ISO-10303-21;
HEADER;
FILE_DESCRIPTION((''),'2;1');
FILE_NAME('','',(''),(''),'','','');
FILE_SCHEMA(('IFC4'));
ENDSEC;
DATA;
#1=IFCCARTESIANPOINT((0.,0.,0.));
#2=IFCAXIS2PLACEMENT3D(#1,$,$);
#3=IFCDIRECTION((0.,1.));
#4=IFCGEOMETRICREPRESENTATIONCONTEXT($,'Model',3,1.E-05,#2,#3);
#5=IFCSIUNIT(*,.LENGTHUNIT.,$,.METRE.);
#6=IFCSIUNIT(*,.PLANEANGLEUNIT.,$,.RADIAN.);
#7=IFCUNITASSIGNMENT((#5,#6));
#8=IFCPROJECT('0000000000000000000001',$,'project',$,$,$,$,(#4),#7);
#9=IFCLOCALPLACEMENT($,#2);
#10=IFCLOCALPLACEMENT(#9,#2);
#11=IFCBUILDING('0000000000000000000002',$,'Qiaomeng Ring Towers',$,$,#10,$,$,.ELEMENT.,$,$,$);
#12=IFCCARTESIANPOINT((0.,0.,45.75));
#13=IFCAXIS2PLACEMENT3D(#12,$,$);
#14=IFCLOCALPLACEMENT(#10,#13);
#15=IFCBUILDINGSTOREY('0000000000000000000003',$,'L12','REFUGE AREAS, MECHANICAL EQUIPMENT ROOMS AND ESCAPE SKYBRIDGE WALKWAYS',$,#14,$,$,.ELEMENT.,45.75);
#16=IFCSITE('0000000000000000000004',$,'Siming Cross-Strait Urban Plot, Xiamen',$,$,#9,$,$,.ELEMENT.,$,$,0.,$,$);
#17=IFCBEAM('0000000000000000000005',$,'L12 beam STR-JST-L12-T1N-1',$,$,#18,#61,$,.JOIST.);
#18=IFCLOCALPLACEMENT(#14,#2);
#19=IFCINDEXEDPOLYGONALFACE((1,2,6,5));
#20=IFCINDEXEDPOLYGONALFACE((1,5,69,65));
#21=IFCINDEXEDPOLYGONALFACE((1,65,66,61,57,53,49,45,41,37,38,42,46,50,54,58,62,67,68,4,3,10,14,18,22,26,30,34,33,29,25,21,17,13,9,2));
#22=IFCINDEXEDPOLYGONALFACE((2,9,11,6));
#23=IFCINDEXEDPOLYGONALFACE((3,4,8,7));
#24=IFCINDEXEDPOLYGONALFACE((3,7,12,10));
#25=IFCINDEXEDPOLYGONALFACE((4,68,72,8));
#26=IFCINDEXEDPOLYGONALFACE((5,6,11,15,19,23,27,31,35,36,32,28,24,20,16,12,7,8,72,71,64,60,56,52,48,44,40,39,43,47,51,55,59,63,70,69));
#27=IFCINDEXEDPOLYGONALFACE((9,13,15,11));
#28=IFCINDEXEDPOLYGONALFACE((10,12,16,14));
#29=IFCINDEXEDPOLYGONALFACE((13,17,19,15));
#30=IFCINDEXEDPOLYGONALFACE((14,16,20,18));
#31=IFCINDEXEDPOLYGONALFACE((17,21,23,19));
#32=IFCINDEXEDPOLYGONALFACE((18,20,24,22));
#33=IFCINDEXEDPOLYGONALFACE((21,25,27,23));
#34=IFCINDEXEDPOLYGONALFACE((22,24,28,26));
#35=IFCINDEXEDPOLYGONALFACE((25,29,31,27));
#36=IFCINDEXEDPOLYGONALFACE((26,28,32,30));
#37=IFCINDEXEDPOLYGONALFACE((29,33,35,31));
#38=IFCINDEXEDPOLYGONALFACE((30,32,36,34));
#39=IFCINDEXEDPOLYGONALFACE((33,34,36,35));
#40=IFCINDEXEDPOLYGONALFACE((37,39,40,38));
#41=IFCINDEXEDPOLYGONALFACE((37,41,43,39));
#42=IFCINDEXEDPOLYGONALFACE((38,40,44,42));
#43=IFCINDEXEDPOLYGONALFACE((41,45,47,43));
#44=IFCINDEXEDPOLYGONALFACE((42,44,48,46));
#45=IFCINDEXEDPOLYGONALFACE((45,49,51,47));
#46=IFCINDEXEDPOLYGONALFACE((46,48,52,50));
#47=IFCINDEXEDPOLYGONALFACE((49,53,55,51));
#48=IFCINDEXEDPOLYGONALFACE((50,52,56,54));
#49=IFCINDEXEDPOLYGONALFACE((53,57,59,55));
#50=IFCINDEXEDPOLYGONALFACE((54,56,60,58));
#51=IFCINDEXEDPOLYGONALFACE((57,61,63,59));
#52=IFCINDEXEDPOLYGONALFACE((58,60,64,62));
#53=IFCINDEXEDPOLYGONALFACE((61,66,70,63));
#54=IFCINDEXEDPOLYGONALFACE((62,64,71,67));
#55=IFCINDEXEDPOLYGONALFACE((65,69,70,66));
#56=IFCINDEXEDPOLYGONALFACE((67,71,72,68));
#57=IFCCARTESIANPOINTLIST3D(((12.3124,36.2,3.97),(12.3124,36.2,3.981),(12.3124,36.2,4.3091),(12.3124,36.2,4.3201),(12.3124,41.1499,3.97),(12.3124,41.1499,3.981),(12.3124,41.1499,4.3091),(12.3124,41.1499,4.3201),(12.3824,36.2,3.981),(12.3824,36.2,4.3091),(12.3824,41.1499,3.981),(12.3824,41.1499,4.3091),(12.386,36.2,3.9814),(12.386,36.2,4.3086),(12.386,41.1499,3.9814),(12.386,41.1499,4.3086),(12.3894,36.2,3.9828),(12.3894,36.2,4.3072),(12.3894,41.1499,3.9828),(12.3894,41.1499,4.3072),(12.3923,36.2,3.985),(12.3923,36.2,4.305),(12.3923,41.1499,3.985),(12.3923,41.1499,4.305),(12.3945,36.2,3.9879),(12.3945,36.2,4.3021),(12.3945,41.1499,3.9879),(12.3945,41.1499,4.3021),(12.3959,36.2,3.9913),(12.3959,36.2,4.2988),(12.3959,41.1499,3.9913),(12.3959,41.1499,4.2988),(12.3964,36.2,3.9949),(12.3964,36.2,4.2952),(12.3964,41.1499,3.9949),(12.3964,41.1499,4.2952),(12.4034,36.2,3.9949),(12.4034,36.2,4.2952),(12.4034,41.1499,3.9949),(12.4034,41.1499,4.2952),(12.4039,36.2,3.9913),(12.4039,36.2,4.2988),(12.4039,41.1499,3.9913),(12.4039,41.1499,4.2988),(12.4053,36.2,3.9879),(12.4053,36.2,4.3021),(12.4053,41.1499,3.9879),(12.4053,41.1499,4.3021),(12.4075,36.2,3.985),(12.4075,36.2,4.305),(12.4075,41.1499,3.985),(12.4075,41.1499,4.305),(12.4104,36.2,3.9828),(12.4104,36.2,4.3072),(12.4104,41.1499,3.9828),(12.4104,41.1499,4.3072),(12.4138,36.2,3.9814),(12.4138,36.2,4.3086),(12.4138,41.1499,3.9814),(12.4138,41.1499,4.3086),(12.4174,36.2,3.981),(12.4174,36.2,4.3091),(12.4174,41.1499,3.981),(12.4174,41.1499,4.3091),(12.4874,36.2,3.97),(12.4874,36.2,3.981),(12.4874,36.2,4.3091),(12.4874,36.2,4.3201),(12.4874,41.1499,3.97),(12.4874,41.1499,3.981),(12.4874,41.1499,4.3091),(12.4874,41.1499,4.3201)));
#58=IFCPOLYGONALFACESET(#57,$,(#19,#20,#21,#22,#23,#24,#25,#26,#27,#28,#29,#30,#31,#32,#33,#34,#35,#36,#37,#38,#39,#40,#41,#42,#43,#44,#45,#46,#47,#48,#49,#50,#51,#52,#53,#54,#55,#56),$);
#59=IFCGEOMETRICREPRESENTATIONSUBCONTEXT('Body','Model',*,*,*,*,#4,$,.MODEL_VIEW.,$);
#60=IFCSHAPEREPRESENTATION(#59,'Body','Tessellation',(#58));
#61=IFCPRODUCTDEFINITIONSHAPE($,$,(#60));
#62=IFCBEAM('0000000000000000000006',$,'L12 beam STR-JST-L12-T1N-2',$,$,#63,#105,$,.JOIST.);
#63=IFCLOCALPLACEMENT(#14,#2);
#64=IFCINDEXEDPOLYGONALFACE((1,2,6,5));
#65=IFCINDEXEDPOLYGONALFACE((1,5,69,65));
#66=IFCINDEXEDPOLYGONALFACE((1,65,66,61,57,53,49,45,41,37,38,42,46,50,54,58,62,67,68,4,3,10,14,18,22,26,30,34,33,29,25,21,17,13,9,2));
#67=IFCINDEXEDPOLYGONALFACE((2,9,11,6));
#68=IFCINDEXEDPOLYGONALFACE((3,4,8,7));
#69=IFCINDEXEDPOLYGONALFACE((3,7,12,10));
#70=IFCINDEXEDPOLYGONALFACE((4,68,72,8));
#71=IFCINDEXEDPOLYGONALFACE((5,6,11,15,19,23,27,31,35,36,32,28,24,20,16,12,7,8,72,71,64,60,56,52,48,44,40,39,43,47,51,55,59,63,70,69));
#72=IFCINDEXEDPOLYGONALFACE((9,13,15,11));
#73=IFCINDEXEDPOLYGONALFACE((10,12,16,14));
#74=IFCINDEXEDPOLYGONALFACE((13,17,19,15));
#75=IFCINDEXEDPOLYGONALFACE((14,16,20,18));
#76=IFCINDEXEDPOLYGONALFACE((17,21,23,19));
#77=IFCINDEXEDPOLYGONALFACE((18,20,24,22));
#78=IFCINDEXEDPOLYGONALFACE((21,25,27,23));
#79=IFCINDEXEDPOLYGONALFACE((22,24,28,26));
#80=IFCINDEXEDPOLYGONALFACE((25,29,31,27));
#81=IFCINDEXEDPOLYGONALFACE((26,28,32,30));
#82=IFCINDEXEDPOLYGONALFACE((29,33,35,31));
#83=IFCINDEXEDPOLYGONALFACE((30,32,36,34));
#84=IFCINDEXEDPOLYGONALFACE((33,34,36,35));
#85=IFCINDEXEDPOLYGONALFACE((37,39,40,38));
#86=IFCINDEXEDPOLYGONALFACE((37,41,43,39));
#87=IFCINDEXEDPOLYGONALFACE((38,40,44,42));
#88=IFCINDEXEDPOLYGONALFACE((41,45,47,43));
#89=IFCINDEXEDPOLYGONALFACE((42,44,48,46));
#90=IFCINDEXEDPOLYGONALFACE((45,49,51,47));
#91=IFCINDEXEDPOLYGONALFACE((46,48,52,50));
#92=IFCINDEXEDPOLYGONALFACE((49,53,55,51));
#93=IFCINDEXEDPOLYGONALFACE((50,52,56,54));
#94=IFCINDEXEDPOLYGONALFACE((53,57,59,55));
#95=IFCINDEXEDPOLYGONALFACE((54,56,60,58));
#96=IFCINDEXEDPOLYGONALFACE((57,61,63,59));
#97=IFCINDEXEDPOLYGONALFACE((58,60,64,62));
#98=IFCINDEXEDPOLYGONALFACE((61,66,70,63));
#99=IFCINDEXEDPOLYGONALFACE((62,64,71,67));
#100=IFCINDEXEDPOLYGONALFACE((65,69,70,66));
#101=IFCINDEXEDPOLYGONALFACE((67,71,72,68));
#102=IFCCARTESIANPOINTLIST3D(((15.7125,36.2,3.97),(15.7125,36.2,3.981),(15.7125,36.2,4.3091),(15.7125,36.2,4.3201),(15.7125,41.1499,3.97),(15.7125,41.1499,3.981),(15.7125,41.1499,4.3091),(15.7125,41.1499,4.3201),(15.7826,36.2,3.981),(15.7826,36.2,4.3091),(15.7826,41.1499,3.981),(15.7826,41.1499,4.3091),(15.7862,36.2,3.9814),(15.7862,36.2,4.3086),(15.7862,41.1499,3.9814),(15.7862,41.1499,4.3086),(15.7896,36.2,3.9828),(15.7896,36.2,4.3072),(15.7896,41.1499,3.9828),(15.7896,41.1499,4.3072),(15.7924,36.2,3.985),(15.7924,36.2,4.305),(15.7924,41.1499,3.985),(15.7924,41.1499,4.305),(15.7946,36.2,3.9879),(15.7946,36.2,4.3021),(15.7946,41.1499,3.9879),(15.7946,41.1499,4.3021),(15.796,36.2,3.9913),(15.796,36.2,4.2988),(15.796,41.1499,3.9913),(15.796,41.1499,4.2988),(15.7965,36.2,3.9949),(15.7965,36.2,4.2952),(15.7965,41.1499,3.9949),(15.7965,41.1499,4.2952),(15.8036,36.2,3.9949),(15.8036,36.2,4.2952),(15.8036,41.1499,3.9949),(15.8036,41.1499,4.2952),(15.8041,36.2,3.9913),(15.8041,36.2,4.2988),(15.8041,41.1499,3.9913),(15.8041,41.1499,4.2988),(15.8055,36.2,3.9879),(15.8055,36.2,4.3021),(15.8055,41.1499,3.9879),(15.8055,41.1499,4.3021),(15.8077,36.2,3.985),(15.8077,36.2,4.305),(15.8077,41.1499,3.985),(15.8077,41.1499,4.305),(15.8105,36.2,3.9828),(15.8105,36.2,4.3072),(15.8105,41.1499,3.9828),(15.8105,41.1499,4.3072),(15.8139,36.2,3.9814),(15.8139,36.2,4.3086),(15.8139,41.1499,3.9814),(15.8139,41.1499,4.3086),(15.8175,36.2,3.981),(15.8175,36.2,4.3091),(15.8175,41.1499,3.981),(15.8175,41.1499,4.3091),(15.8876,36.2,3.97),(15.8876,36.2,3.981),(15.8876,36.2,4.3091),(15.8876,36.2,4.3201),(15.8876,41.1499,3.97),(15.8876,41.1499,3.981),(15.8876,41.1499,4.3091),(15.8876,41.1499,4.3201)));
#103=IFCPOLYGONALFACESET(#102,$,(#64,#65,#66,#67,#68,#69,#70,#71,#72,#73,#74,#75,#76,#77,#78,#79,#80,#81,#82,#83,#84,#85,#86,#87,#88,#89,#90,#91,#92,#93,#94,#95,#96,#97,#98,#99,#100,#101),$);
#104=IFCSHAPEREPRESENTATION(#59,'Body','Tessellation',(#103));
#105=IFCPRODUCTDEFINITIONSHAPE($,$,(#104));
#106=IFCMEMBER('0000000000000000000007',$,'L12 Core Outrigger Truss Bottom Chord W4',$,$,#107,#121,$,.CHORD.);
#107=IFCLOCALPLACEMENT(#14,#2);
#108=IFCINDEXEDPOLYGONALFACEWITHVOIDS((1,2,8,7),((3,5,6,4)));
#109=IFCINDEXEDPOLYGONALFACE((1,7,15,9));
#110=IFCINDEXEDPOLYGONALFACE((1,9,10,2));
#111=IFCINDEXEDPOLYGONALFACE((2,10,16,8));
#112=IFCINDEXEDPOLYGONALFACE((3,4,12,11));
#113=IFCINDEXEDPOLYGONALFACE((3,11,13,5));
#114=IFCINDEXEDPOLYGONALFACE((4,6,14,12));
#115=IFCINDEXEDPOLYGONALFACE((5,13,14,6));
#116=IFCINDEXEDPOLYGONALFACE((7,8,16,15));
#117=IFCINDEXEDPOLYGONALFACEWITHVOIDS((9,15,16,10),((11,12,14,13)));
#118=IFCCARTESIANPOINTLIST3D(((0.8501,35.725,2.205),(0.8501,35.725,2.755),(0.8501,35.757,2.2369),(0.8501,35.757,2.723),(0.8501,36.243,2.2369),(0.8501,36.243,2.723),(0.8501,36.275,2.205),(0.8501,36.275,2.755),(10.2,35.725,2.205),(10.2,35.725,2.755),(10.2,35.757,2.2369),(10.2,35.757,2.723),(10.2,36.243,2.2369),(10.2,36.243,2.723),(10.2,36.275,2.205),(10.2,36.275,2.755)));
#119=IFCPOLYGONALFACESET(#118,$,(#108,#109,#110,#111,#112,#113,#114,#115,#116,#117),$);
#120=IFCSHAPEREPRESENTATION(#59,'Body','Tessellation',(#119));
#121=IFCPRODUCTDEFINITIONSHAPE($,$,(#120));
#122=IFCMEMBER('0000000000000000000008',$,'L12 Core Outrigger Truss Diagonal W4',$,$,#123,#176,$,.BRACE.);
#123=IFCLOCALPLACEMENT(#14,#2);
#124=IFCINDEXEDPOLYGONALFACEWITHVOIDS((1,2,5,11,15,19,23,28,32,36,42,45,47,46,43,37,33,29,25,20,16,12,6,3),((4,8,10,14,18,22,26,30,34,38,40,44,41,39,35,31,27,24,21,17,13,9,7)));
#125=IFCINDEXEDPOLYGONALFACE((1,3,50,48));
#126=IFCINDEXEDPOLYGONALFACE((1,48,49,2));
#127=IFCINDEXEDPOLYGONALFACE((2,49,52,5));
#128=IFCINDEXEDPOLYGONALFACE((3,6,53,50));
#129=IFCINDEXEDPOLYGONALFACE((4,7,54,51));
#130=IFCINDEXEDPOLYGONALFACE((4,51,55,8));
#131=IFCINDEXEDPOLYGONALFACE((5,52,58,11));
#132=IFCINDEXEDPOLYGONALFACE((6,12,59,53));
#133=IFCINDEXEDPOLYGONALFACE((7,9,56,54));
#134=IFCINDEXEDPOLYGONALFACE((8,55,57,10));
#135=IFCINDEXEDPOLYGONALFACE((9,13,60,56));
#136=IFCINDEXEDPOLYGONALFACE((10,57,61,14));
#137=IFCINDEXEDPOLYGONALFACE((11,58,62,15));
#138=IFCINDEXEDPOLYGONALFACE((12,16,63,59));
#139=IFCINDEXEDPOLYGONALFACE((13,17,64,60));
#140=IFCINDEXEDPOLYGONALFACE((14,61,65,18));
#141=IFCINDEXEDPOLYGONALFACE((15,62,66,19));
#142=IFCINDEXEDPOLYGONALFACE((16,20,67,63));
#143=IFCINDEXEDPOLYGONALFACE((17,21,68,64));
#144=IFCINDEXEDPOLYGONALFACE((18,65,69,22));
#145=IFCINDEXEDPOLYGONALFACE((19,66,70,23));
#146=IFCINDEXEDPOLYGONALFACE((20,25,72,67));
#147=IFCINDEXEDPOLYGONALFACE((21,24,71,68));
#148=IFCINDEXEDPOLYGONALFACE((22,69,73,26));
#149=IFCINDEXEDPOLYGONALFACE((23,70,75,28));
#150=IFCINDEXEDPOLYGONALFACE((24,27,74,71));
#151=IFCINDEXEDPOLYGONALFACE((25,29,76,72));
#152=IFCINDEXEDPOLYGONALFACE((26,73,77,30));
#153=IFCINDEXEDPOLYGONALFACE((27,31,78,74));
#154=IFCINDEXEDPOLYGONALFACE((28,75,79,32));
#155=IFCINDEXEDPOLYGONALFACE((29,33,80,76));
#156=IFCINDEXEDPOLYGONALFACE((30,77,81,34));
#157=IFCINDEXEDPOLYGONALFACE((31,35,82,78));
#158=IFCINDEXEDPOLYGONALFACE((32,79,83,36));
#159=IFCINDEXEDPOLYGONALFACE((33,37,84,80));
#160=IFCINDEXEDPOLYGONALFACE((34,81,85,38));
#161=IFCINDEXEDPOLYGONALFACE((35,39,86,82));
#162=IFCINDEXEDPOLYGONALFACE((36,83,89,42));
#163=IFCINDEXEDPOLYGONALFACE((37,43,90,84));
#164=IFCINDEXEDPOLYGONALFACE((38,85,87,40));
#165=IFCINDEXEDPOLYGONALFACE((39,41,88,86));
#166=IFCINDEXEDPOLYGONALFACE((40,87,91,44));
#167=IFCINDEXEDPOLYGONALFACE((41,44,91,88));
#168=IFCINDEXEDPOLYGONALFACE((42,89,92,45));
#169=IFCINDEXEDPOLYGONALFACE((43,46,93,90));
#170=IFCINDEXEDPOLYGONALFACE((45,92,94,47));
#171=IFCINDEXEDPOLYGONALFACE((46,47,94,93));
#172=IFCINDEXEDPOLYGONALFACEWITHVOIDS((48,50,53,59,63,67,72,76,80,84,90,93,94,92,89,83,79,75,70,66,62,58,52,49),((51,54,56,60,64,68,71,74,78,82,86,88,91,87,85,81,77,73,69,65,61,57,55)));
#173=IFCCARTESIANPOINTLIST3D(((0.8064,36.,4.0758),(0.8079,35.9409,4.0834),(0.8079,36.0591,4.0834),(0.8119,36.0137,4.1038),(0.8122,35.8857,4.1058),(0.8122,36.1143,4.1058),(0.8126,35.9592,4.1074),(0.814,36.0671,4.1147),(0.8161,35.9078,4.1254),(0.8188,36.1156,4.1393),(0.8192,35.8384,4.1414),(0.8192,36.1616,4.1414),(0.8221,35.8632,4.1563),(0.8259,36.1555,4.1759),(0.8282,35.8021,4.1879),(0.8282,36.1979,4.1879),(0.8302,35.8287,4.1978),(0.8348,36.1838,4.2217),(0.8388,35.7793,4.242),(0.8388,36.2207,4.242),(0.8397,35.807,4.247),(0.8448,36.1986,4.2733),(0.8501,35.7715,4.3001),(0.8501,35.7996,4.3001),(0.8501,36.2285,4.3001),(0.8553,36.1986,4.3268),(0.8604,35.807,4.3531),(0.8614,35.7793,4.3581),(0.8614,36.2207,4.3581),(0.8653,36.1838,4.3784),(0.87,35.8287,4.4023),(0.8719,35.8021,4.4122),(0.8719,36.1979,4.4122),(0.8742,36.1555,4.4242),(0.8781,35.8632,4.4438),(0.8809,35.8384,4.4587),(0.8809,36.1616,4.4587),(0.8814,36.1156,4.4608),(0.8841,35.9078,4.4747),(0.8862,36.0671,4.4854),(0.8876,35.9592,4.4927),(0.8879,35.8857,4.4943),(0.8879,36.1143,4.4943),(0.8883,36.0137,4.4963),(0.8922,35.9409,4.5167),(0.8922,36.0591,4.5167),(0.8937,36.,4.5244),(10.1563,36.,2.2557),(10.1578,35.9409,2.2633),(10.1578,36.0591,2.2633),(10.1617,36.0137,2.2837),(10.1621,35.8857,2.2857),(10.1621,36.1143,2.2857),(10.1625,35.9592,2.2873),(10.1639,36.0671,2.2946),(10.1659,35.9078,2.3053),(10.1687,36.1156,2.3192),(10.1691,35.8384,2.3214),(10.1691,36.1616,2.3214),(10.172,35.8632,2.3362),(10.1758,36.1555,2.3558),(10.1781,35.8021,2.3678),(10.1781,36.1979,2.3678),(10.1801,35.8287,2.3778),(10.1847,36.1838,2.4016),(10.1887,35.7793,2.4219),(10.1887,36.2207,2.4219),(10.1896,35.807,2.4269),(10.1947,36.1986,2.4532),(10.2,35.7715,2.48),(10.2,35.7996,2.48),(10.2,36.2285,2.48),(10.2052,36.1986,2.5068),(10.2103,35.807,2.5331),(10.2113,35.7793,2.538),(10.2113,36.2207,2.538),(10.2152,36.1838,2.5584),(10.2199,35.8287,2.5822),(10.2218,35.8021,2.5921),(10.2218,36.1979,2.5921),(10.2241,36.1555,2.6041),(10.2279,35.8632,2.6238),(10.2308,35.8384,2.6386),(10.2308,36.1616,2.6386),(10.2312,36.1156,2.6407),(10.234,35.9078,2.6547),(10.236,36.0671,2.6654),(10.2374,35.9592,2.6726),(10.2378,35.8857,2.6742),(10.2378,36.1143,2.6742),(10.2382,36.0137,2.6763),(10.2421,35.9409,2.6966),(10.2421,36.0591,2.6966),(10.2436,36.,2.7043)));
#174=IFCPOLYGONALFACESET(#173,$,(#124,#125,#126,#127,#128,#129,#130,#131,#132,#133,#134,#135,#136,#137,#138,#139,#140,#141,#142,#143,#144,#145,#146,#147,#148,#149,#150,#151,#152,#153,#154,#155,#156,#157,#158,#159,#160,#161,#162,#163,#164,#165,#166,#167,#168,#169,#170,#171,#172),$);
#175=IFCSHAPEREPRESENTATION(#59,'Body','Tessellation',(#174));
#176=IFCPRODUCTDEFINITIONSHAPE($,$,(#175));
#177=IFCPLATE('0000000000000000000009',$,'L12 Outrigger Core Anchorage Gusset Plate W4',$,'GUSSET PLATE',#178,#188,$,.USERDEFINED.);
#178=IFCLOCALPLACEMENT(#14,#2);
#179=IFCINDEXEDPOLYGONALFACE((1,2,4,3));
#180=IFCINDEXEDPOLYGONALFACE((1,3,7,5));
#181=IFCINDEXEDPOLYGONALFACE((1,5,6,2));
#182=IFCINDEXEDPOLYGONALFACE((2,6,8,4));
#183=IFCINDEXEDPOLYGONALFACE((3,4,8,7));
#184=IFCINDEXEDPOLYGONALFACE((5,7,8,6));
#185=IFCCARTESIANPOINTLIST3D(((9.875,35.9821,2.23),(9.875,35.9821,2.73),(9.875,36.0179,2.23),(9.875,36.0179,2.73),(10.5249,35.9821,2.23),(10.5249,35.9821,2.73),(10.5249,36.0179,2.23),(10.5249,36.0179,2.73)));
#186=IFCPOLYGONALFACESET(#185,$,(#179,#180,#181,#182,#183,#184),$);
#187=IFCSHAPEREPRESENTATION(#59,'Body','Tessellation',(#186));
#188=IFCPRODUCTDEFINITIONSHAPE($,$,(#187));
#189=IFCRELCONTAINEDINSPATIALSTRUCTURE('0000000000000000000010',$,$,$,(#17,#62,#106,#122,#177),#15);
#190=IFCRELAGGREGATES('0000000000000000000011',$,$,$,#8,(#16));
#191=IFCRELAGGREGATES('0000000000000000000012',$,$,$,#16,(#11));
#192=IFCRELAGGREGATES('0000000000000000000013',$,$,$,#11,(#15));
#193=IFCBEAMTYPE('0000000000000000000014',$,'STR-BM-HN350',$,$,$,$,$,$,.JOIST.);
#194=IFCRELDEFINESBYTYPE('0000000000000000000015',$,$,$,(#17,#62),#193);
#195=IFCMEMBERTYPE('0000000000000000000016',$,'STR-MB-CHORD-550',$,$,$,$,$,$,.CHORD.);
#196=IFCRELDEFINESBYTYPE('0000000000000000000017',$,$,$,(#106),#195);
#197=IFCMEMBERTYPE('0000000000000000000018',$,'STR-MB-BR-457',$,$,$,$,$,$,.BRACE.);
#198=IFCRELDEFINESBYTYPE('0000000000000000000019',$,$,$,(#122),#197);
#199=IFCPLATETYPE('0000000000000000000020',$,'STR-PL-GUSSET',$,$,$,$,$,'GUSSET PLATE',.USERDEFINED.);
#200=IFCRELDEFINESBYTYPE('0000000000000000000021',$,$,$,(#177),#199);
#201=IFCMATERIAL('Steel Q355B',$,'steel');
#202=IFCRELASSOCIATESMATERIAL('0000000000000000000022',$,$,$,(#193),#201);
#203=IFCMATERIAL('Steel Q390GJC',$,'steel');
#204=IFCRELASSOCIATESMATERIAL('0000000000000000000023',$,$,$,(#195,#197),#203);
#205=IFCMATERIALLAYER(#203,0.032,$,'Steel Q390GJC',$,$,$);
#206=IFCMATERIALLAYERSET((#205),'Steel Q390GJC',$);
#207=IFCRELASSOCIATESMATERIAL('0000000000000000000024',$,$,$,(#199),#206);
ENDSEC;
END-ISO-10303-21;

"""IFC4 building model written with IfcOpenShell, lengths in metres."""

from ifc_helpers import new_model, si_unit, direction, frame, origin, origin_2d, place, context, subcontext, project, spatial, rectangle, hollow_rectangle, hollow_circle, i_section, extrude, source, transform, mapped, material, layer, layer_set, material_profile, profile_set, type_object, element, save


model = new_model("IFC4")

# Units and contexts
model_context = context("Model", 3, precision=1e-05, world=origin(), true_north=direction((0.0, 1.0)))
body_context = subcontext(model_context, "Body", "Model", "MODEL_VIEW")
ifc_project = project(units=[si_unit("LENGTHUNIT", "METRE"), si_unit("PLANEANGLEUNIT", "RADIAN")], contexts=[model_context])

# Site, building, storey
site_placement = place(None, origin())
site = spatial("IfcSite", under=ifc_project, at=site_placement, Name="Siming Cross-Strait Urban Plot, Xiamen", CompositionType="ELEMENT", RefElevation=0.0)
building_placement = place(site_placement, origin())
building = spatial("IfcBuilding", under=site, at=building_placement, Name="Qiaomeng Ring Towers", CompositionType="ELEMENT")
storey_placement = place(building_placement, frame((0.0, 0.0, 45.75)))
storey = spatial("IfcBuildingStorey", under=building, at=storey_placement, Name="L12", Description="REFUGE AREAS, MECHANICAL EQUIPMENT ROOMS AND ESCAPE SKYBRIDGE WALKWAYS", CompositionType="ELEMENT", Elevation=45.75)

# Beams
ifc_material_1 = material(Name="Steel Q355B", Category="steel")
ifc_material_profile_1 = material_profile(ifc_material_1, i_section(OverallWidth=0.175, OverallDepth=0.3501, WebThickness=0.0071, FlangeThickness=0.011, FilletRadius=0.0139, at=origin_2d()), Name="HN 350x175x7x11")
ifc_profile_set_1 = profile_set([ifc_material_profile_1], Name="Steel Q355B")
beam_type = type_object("IfcBeamType", Name="STR-BM-HN350", PredefinedType="JOIST", material=ifc_profile_set_1)
shared_shape_1 = source(origin(), body_context, "Body", "SweptSolid", [
    extrude(i_section(OverallWidth=0.175, OverallDepth=0.3501, WebThickness=0.0071, FlangeThickness=0.011, FilletRadius=0.0139, at=origin_2d()), origin(), (0.0, 0.0, 1.0), 4.95),
])
for number, where, z_axis, x_axis, name in (
    (1, (12.3999, 36.2, 4.145), (0.0, 1.0, 0.0), (-1.0, 0.0, 0.0), "L12 beam STR-JST-L12-T1N-1"),
    (2, (15.8, 36.2, 4.145), (0.0, 1.0, 0.0), (-1.0, 0.0, 0.0), "L12 beam STR-JST-L12-T1N-2"),
):
    element("IfcBeam", number, at=place(storey_placement, frame(where, z_axis=z_axis, x_axis=x_axis)), inside=storey, type_object=beam_type, Name=name, PredefinedType="JOIST", context=body_context, shape_type="MappedRepresentation", body=[
        mapped(shared_shape_1, transform((0.0, 0.0, 0.0), x_axis=(1.0, 0.0, 0.0), y_axis=(0.0, 1.0, 0.0), z_axis=(0.0, 0.0, 1.0), scale=1.0)),
    ])

# Members
ifc_material_2 = material(Name="Steel Q390GJC", Category="steel")
ifc_material_profile_2 = material_profile(ifc_material_2, hollow_rectangle(XDim=0.55, YDim=0.55, WallThickness=0.032, at=origin_2d()), Name="SHS 550x550x32")
ifc_profile_set_2 = profile_set([ifc_material_profile_2], Name="Steel Q390GJC")
member_type_1 = type_object("IfcMemberType", Name="STR-MB-CHORD-550", PredefinedType="CHORD", material=ifc_profile_set_2)
shared_shape_2 = source(origin(), body_context, "Body", "SweptSolid", [
    extrude(hollow_rectangle(XDim=0.55, YDim=0.55, WallThickness=0.032, at=origin_2d()), origin(), (0.0, 0.0, 1.0), 9.3499),
])
member_1_placement = place(storey_placement, frame((10.2, 36.0, 2.48), z_axis=(-1.0, 0.0, 0.0), x_axis=(0.0, -1.0, 0.0)))
element("IfcMember", 3, at=member_1_placement, inside=storey, type_object=member_type_1, Name="L12 Core Outrigger Truss Bottom Chord W4", PredefinedType="CHORD", context=body_context, shape_type="MappedRepresentation", body=[
    mapped(shared_shape_2, transform((0.0, 0.0, 0.0), x_axis=(1.0, 0.0, 0.0), y_axis=(0.0, 1.0, 0.0), z_axis=(0.0, 0.0, 1.0), scale=1.0)),
])
ifc_material_profile_3 = material_profile(ifc_material_2, hollow_circle(Radius=0.2285, WallThickness=0.0281, at=origin_2d()), Name="CHS 457x28")
ifc_profile_set_3 = profile_set([ifc_material_profile_3], Name="Steel Q390GJC")
member_type_2 = type_object("IfcMemberType", Name="STR-MB-BR-457", PredefinedType="BRACE", material=ifc_profile_set_3)
shared_shape_3 = source(origin(), body_context, "Body", "SweptSolid", [
    extrude(hollow_circle(Radius=0.2285, WallThickness=0.0281, at=origin_2d()), origin(), (0.0, 0.0, 1.0), 9.5254),
])
member_2_placement = place(storey_placement, frame((10.2, 36.0, 2.48), z_axis=(-0.981575, 0.0, 0.191076), x_axis=(0.0, -1.0, 0.0)))
element("IfcMember", 4, at=member_2_placement, inside=storey, type_object=member_type_2, Name="L12 Core Outrigger Truss Diagonal W4", PredefinedType="BRACE", context=body_context, shape_type="MappedRepresentation", body=[
    mapped(shared_shape_3, transform((0.0, 0.0, 0.0), x_axis=(1.0, 0.0, 0.0), y_axis=(0.0, 1.0, 0.0), z_axis=(0.0, 0.0, 1.0), scale=1.0)),
])

# Plate
ifc_layer_1 = layer(ifc_material_2, 0.032, Name="Steel Q390GJC")
ifc_layer_set_1 = layer_set([ifc_layer_1], Name="Steel Q390GJC")
plate_type = type_object("IfcPlateType", Name="STR-PL-GUSSET", ElementType="GUSSET PLATE", PredefinedType="USERDEFINED", material=ifc_layer_set_1)
shared_shape_4 = source(origin(), body_context, "Body", "SweptSolid", [
    extrude(rectangle(XDim=0.6499, YDim=0.0359, at=origin_2d()), origin(), (0.0, 0.0, 1.0), 0.5),
])
plate_placement = place(storey_placement, frame((10.2, 36.0, 2.23), z_axis=(0.0, 0.0, 1.0), x_axis=(1.0, 0.0, 0.0)))
element("IfcPlate", 5, at=plate_placement, inside=storey, type_object=plate_type, Name="L12 Outrigger Core Anchorage Gusset Plate W4", ObjectType="GUSSET PLATE", PredefinedType="USERDEFINED", context=body_context, shape_type="MappedRepresentation", body=[
    mapped(shared_shape_4, transform((0.0, 0.0, 0.0), x_axis=(1.0, 0.0, 0.0), y_axis=(0.0, 1.0, 0.0), z_axis=(0.0, 0.0, 1.0), scale=1.0)),
])

save(model, "model.ifc")
